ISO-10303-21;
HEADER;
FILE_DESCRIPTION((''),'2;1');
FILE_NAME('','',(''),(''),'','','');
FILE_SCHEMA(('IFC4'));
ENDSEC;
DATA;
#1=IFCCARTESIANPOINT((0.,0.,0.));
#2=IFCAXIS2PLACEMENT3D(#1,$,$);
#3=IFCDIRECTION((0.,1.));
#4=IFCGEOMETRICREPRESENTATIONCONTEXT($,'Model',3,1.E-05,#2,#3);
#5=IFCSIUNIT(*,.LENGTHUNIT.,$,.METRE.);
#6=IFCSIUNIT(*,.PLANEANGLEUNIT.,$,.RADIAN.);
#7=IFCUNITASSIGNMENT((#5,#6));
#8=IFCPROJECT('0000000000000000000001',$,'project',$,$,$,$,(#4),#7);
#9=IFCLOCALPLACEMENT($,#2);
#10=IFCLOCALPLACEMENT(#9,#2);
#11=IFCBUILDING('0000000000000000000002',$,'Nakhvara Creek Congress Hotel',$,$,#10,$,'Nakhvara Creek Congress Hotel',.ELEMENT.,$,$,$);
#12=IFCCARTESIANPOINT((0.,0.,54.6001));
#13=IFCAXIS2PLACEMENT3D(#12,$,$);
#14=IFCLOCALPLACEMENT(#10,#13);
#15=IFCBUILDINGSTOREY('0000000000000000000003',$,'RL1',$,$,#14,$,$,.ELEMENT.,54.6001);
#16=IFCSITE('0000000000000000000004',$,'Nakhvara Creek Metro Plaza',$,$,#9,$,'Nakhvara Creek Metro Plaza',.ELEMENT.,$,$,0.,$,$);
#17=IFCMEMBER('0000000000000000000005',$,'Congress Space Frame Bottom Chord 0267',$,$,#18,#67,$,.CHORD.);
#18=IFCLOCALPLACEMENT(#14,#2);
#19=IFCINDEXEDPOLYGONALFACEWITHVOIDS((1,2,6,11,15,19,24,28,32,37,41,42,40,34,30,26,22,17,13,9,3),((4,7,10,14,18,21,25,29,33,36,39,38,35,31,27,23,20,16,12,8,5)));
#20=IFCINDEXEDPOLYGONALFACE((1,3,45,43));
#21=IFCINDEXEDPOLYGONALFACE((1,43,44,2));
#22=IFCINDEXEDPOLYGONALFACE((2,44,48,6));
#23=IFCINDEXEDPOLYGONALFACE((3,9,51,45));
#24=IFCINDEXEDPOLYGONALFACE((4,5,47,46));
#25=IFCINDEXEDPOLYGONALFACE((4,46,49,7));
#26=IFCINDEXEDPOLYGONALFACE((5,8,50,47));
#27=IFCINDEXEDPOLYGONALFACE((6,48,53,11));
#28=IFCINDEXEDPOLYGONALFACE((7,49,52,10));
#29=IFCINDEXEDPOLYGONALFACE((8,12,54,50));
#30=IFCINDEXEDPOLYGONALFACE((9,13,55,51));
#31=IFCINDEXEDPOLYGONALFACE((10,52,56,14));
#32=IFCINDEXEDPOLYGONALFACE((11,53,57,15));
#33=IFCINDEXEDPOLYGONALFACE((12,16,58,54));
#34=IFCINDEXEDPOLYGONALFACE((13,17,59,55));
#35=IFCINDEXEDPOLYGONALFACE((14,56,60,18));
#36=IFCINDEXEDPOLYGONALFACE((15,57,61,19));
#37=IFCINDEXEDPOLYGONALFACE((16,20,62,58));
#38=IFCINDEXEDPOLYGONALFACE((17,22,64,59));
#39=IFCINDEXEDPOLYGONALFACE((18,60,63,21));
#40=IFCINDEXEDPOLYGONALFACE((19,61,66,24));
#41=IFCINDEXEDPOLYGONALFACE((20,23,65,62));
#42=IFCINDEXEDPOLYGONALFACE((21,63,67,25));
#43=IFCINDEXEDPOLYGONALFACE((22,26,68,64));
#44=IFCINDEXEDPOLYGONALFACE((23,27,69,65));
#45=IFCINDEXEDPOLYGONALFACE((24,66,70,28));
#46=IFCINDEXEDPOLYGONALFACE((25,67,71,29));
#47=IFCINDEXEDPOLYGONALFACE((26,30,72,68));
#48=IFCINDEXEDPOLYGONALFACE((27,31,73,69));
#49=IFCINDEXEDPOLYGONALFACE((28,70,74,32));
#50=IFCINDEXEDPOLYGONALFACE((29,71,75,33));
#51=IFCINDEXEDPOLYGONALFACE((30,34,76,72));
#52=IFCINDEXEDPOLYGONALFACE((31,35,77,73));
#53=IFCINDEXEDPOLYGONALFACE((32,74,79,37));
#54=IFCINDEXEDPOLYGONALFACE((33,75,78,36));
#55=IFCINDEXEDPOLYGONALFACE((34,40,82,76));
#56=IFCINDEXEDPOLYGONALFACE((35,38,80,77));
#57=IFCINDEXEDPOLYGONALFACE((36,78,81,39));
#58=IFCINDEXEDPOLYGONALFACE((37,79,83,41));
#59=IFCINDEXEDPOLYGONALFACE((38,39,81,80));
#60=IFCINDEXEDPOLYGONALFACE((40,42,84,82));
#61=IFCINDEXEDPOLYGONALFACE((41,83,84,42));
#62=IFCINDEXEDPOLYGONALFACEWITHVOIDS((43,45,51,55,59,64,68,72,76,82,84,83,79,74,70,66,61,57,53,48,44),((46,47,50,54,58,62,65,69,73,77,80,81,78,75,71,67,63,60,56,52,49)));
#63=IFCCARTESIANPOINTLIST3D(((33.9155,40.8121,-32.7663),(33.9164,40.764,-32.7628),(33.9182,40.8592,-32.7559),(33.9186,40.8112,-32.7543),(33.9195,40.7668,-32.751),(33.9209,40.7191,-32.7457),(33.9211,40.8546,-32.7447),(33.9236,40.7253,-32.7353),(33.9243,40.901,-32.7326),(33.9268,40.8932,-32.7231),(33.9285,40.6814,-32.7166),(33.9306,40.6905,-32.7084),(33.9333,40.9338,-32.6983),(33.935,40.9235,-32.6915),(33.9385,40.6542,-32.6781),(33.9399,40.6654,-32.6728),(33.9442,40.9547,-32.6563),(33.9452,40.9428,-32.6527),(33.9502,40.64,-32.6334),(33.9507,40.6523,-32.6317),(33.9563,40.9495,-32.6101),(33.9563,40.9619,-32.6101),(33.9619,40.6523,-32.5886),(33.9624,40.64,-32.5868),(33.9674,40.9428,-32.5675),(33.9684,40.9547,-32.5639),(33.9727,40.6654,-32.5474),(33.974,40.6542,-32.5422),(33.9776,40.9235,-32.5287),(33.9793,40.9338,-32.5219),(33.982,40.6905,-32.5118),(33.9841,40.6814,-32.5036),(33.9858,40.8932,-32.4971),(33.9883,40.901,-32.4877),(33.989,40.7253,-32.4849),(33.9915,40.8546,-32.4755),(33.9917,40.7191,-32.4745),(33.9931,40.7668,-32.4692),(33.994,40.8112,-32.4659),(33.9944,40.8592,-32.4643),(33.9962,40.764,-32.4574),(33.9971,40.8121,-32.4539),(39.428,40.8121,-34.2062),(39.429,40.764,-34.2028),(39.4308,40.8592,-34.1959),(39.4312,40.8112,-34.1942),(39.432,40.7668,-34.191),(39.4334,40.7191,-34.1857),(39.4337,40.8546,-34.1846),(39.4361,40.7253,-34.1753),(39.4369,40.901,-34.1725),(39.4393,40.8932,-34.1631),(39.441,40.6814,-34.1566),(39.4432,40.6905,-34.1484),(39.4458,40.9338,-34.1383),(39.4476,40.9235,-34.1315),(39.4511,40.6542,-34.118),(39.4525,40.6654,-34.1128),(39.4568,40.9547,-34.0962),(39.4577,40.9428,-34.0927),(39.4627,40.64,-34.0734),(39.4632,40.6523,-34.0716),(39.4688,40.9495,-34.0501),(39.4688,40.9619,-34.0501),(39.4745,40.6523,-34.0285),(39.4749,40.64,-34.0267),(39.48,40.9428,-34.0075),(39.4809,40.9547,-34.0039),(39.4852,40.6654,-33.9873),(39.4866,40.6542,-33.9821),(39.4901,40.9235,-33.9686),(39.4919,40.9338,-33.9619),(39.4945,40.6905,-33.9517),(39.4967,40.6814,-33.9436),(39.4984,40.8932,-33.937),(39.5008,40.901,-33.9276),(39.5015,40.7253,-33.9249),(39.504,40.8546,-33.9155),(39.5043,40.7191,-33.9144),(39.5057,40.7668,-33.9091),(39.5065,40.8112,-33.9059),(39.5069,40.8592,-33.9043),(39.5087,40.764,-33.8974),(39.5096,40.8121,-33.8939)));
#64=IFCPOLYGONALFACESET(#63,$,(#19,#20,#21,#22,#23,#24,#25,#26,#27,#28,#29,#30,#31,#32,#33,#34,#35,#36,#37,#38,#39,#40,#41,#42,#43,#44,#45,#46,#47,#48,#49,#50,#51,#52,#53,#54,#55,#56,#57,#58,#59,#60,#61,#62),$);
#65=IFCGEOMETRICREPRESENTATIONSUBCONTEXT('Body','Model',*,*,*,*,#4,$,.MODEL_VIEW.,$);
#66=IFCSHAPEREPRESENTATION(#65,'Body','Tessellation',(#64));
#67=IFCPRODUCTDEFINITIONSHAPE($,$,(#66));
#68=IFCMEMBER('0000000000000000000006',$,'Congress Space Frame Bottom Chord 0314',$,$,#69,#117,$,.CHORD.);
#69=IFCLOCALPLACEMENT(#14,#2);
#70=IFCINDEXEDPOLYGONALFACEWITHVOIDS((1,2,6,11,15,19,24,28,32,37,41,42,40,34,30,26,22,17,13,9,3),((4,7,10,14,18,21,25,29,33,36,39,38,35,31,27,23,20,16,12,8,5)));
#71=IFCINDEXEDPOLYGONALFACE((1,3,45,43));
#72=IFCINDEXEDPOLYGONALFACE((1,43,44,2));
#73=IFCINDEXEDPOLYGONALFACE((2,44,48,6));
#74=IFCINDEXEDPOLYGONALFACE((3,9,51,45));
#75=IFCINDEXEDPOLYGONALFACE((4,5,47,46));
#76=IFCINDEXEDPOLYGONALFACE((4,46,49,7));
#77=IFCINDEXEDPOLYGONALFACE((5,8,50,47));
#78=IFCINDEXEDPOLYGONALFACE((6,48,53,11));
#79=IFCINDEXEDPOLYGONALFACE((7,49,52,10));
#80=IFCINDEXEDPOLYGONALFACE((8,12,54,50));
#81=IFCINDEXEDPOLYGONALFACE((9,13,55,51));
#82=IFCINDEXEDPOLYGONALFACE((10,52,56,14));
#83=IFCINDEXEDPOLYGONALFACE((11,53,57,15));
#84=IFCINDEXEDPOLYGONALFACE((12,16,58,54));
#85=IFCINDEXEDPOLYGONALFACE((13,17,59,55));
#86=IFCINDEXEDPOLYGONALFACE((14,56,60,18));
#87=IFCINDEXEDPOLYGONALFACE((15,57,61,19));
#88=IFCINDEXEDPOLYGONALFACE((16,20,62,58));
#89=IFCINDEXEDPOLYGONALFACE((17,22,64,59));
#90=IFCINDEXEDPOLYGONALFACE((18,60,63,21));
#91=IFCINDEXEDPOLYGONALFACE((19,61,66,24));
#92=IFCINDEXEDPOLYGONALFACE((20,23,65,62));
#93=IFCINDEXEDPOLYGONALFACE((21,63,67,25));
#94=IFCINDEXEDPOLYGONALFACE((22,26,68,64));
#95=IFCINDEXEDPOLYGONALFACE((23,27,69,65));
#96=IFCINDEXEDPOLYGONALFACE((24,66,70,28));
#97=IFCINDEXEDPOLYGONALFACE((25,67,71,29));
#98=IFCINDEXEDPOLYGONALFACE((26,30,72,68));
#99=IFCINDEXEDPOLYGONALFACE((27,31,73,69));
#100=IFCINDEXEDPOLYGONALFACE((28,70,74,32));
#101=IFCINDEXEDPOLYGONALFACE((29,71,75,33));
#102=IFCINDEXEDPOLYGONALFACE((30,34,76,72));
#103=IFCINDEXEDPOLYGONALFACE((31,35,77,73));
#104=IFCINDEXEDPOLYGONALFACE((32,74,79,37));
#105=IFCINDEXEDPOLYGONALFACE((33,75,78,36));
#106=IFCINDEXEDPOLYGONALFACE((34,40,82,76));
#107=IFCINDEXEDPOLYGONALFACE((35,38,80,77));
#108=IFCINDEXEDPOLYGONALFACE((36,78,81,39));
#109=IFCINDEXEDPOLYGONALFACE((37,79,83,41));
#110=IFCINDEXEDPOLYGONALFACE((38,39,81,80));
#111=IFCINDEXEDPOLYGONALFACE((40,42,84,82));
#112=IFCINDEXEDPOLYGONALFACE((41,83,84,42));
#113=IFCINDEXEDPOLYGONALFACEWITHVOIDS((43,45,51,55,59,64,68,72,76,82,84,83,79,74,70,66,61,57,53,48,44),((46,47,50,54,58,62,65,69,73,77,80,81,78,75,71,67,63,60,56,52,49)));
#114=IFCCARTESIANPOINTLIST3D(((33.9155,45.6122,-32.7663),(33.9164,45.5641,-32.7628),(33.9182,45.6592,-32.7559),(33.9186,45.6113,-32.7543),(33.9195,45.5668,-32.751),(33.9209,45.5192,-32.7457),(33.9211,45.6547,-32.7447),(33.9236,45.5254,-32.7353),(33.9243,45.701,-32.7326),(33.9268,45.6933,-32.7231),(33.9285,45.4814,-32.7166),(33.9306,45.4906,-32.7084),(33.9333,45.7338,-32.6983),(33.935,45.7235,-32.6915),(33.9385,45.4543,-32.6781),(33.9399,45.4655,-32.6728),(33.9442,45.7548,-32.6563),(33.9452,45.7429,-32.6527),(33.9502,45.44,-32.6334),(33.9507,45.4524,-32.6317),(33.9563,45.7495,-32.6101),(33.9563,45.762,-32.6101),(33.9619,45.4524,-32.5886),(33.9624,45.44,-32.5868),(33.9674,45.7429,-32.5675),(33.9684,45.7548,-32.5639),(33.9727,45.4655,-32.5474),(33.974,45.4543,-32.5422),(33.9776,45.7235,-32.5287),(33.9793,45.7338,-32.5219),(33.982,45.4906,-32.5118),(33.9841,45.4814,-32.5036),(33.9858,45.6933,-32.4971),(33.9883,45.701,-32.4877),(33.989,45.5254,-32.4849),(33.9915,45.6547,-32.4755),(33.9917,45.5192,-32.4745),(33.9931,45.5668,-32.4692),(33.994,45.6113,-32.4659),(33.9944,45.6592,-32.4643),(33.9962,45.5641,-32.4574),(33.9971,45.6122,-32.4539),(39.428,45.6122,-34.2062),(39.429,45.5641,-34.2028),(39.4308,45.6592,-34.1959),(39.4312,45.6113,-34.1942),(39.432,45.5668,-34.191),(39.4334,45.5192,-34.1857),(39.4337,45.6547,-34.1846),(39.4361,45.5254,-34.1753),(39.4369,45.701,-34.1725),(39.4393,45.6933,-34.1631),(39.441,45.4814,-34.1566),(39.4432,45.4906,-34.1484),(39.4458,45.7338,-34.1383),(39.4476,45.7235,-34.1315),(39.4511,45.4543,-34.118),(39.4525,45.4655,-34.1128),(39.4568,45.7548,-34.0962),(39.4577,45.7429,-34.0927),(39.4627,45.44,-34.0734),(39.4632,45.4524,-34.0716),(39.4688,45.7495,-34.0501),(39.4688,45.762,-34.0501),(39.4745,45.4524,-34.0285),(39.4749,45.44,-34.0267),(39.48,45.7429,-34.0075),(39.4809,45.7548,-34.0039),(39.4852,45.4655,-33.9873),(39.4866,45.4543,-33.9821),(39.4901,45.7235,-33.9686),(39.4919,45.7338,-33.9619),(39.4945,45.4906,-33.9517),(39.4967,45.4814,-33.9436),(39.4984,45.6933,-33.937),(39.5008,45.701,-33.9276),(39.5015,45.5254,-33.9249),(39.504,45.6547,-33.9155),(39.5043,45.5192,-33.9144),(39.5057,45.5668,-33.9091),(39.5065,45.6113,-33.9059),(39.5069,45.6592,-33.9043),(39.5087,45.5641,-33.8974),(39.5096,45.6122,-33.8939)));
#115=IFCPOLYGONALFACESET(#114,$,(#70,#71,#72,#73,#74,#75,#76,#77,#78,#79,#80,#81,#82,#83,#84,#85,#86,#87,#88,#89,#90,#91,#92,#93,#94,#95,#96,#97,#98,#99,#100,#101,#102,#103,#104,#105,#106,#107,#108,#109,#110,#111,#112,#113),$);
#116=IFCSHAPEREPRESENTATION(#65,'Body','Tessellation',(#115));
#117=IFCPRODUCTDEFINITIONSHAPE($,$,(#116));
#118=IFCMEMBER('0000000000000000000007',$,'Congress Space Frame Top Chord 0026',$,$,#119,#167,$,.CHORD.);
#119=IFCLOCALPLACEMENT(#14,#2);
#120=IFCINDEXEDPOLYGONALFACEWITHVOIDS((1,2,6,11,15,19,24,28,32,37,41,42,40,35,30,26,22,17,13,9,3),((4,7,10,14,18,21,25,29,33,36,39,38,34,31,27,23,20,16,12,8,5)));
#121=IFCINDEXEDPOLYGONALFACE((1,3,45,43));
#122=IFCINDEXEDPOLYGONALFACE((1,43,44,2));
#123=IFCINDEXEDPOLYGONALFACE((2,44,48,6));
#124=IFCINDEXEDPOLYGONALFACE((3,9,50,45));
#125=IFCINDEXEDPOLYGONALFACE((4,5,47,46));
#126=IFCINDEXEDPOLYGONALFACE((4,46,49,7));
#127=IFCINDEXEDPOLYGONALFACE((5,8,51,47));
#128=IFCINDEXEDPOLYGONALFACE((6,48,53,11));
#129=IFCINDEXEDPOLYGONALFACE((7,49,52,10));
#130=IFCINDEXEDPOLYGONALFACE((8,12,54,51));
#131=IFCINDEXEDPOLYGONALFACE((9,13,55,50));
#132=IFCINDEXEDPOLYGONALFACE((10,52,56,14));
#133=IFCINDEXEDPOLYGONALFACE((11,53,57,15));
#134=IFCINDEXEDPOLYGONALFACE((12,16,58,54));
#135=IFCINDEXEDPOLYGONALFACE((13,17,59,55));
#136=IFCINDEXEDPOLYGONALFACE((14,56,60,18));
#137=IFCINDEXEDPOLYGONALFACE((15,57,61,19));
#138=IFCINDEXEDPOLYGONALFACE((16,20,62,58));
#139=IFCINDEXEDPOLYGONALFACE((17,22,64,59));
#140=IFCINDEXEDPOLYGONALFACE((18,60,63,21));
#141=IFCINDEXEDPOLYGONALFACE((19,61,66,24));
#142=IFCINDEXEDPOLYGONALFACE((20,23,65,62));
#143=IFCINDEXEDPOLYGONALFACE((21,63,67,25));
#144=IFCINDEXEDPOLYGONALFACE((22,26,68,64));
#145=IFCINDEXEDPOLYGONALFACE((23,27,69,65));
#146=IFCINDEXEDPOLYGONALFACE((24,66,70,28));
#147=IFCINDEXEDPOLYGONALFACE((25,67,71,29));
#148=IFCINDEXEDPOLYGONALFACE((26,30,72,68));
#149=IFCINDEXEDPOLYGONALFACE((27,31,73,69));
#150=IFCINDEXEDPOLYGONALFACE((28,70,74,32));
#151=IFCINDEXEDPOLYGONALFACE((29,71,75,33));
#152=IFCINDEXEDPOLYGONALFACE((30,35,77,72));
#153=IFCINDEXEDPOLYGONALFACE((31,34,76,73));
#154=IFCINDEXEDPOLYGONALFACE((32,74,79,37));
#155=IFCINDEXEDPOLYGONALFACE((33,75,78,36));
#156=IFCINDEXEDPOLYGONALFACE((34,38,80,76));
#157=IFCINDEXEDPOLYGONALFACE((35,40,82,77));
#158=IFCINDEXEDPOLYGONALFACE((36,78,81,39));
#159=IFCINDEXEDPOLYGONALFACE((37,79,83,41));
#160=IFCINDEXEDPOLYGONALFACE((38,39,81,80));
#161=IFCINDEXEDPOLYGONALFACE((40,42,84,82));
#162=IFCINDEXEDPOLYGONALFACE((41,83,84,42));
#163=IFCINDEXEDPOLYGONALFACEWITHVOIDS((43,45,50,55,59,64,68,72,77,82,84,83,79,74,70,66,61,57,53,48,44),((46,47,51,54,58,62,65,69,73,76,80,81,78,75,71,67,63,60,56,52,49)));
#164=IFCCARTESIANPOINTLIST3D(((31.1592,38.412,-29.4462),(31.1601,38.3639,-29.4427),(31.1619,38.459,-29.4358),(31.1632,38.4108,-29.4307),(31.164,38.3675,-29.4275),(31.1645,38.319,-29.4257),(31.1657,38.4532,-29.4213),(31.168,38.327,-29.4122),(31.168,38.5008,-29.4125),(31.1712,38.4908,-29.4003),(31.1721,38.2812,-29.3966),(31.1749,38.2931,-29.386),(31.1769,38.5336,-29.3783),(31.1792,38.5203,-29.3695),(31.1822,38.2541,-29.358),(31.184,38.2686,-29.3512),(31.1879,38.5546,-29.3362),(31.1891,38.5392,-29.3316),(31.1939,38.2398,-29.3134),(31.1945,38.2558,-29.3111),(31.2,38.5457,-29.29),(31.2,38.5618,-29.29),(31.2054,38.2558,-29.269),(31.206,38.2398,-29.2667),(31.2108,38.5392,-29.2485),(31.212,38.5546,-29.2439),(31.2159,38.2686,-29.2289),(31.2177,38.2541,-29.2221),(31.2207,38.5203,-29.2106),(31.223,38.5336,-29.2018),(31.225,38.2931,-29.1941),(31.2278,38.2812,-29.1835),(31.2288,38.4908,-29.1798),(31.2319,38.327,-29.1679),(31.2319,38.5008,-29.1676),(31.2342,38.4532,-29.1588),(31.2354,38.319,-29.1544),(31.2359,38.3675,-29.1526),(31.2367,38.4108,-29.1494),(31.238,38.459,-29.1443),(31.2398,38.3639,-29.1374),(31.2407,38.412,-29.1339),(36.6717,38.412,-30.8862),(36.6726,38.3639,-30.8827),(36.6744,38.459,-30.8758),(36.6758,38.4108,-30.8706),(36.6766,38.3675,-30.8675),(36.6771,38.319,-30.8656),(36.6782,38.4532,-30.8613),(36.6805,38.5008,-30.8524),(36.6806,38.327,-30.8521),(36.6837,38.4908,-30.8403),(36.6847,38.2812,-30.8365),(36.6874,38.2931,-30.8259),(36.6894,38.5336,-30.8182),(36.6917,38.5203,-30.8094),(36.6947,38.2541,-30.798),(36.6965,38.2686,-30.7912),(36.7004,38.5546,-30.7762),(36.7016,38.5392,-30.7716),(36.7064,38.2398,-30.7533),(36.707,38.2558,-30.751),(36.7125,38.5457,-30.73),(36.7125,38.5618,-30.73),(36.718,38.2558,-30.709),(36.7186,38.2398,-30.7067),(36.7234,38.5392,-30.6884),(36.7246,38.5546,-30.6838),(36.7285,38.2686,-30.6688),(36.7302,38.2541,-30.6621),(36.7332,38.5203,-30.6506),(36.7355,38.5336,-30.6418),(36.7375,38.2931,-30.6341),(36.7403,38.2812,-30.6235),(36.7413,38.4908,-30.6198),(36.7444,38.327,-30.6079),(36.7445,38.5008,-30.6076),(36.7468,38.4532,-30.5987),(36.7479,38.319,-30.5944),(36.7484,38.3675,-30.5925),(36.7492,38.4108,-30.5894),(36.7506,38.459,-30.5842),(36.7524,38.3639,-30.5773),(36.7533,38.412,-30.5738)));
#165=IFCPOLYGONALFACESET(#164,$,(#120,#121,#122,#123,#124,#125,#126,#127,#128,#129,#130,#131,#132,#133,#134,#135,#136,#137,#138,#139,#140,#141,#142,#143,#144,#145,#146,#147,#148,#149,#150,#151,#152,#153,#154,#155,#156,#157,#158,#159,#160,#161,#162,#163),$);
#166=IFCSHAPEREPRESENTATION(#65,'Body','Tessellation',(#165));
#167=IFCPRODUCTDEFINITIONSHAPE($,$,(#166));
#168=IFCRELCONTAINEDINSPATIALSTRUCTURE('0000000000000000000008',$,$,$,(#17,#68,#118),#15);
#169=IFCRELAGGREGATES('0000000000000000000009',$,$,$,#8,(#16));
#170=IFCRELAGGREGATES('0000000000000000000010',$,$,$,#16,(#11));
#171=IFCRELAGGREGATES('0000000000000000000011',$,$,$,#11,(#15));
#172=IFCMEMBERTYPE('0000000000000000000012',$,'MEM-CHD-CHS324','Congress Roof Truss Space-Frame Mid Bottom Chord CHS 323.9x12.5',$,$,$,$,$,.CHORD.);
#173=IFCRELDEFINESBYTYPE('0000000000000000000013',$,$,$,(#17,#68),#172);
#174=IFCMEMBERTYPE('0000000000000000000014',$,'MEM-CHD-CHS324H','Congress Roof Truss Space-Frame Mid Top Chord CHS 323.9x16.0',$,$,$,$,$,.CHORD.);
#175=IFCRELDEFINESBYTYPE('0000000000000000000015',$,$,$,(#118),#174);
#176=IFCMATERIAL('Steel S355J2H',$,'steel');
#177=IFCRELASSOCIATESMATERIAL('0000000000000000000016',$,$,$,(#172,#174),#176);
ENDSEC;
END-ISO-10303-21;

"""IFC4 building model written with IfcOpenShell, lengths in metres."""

from ifc_helpers import new_model, si_unit, direction, frame, origin, origin_2d, place, context, subcontext, project, spatial, hollow_circle, extrude, material, material_profile, profile_set, type_object, element, save


model = new_model("IFC4")

# Units and contexts
model_context = context("Model", 3, precision=1e-05, world=origin(), true_north=direction((0.0, 1.0)))
body_context = subcontext(model_context, "Body", "Model", "MODEL_VIEW")
ifc_project = project(units=[si_unit("LENGTHUNIT", "METRE"), si_unit("PLANEANGLEUNIT", "RADIAN")], contexts=[model_context])

# Site, building, storey
site_placement = place(None, origin())
site = spatial("IfcSite", under=ifc_project, at=site_placement, Name="Nakhvara Creek Metro Plaza", LongName="Nakhvara Creek Metro Plaza", CompositionType="ELEMENT", RefElevation=0.0)
building_placement = place(site_placement, origin())
building = spatial("IfcBuilding", under=site, at=building_placement, Name="Nakhvara Creek Congress Hotel", LongName="Nakhvara Creek Congress Hotel", CompositionType="ELEMENT")
storey_placement = place(building_placement, frame((0.0, 0.0, 54.6001)))
storey = spatial("IfcBuildingStorey", under=building, at=storey_placement, Name="RL1", CompositionType="ELEMENT", Elevation=54.6001)

# Members
ifc_material_1 = material(Name="Steel S355J2H", Category="steel")
ifc_material_profile_1 = material_profile(ifc_material_1, hollow_circle(Radius=0.1619, WallThickness=0.0125, at=origin_2d()), Name="CHS 323.9x12.5", Category="LoadBearing")
ifc_profile_set_1 = profile_set([ifc_material_profile_1], Name="Steel S355J2H")
member_type_1 = type_object("IfcMemberType", Name="MEM-CHD-CHS324", Description="Congress Roof Truss Space-Frame Mid Bottom Chord CHS 323.9x12.5", PredefinedType="CHORD", material=ifc_profile_set_1)
for number, where, z_axis, x_axis, name in (
    (1, (33.9563, 40.8, -32.6101), (0.967535, 0.0, -0.252736), (0.0, 1.0, 0.0), "Congress Space Frame Bottom Chord 0267"),
    (2, (33.9563, 45.6001, -32.6101), (0.967535, 0.0, -0.252736), (0.0, 1.0, 0.0), "Congress Space Frame Bottom Chord 0314"),
):
    element("IfcMember", number, at=place(storey_placement, frame(where, z_axis=z_axis, x_axis=x_axis)), inside=storey, type_object=member_type_1, Name=name, PredefinedType="CHORD", context=body_context, shape_type="SweptSolid", body=[
        extrude(hollow_circle(Radius=0.1619, WallThickness=0.0125, at=origin_2d()), origin(), (0.0, 0.0, 1.0), 5.6975),
    ])
ifc_material_profile_2 = material_profile(ifc_material_1, hollow_circle(Radius=0.1619, WallThickness=0.0161, at=origin_2d()), Name="CHS 323.9x16.0", Category="LoadBearing")
ifc_profile_set_2 = profile_set([ifc_material_profile_2], Name="Steel S355J2H")
member_type_2 = type_object("IfcMemberType", Name="MEM-CHD-CHS324H", Description="Congress Roof Truss Space-Frame Mid Top Chord CHS 323.9x16.0", PredefinedType="CHORD", material=ifc_profile_set_2)
for number, where, z_axis, x_axis, name in (
    (3, (31.2, 38.3999, -29.29), (0.967535, 0.0, -0.252736), (0.0, 1.0, 0.0), "Congress Space Frame Top Chord 0026"),
):
    element("IfcMember", number, at=place(storey_placement, frame(where, z_axis=z_axis, x_axis=x_axis)), inside=storey, type_object=member_type_2, Name=name, PredefinedType="CHORD", context=body_context, shape_type="SweptSolid", body=[
        extrude(hollow_circle(Radius=0.1619, WallThickness=0.0161, at=origin_2d()), origin(), (0.0, 0.0, 1.0), 5.6975),
    ])

save(model, "model.ifc")
